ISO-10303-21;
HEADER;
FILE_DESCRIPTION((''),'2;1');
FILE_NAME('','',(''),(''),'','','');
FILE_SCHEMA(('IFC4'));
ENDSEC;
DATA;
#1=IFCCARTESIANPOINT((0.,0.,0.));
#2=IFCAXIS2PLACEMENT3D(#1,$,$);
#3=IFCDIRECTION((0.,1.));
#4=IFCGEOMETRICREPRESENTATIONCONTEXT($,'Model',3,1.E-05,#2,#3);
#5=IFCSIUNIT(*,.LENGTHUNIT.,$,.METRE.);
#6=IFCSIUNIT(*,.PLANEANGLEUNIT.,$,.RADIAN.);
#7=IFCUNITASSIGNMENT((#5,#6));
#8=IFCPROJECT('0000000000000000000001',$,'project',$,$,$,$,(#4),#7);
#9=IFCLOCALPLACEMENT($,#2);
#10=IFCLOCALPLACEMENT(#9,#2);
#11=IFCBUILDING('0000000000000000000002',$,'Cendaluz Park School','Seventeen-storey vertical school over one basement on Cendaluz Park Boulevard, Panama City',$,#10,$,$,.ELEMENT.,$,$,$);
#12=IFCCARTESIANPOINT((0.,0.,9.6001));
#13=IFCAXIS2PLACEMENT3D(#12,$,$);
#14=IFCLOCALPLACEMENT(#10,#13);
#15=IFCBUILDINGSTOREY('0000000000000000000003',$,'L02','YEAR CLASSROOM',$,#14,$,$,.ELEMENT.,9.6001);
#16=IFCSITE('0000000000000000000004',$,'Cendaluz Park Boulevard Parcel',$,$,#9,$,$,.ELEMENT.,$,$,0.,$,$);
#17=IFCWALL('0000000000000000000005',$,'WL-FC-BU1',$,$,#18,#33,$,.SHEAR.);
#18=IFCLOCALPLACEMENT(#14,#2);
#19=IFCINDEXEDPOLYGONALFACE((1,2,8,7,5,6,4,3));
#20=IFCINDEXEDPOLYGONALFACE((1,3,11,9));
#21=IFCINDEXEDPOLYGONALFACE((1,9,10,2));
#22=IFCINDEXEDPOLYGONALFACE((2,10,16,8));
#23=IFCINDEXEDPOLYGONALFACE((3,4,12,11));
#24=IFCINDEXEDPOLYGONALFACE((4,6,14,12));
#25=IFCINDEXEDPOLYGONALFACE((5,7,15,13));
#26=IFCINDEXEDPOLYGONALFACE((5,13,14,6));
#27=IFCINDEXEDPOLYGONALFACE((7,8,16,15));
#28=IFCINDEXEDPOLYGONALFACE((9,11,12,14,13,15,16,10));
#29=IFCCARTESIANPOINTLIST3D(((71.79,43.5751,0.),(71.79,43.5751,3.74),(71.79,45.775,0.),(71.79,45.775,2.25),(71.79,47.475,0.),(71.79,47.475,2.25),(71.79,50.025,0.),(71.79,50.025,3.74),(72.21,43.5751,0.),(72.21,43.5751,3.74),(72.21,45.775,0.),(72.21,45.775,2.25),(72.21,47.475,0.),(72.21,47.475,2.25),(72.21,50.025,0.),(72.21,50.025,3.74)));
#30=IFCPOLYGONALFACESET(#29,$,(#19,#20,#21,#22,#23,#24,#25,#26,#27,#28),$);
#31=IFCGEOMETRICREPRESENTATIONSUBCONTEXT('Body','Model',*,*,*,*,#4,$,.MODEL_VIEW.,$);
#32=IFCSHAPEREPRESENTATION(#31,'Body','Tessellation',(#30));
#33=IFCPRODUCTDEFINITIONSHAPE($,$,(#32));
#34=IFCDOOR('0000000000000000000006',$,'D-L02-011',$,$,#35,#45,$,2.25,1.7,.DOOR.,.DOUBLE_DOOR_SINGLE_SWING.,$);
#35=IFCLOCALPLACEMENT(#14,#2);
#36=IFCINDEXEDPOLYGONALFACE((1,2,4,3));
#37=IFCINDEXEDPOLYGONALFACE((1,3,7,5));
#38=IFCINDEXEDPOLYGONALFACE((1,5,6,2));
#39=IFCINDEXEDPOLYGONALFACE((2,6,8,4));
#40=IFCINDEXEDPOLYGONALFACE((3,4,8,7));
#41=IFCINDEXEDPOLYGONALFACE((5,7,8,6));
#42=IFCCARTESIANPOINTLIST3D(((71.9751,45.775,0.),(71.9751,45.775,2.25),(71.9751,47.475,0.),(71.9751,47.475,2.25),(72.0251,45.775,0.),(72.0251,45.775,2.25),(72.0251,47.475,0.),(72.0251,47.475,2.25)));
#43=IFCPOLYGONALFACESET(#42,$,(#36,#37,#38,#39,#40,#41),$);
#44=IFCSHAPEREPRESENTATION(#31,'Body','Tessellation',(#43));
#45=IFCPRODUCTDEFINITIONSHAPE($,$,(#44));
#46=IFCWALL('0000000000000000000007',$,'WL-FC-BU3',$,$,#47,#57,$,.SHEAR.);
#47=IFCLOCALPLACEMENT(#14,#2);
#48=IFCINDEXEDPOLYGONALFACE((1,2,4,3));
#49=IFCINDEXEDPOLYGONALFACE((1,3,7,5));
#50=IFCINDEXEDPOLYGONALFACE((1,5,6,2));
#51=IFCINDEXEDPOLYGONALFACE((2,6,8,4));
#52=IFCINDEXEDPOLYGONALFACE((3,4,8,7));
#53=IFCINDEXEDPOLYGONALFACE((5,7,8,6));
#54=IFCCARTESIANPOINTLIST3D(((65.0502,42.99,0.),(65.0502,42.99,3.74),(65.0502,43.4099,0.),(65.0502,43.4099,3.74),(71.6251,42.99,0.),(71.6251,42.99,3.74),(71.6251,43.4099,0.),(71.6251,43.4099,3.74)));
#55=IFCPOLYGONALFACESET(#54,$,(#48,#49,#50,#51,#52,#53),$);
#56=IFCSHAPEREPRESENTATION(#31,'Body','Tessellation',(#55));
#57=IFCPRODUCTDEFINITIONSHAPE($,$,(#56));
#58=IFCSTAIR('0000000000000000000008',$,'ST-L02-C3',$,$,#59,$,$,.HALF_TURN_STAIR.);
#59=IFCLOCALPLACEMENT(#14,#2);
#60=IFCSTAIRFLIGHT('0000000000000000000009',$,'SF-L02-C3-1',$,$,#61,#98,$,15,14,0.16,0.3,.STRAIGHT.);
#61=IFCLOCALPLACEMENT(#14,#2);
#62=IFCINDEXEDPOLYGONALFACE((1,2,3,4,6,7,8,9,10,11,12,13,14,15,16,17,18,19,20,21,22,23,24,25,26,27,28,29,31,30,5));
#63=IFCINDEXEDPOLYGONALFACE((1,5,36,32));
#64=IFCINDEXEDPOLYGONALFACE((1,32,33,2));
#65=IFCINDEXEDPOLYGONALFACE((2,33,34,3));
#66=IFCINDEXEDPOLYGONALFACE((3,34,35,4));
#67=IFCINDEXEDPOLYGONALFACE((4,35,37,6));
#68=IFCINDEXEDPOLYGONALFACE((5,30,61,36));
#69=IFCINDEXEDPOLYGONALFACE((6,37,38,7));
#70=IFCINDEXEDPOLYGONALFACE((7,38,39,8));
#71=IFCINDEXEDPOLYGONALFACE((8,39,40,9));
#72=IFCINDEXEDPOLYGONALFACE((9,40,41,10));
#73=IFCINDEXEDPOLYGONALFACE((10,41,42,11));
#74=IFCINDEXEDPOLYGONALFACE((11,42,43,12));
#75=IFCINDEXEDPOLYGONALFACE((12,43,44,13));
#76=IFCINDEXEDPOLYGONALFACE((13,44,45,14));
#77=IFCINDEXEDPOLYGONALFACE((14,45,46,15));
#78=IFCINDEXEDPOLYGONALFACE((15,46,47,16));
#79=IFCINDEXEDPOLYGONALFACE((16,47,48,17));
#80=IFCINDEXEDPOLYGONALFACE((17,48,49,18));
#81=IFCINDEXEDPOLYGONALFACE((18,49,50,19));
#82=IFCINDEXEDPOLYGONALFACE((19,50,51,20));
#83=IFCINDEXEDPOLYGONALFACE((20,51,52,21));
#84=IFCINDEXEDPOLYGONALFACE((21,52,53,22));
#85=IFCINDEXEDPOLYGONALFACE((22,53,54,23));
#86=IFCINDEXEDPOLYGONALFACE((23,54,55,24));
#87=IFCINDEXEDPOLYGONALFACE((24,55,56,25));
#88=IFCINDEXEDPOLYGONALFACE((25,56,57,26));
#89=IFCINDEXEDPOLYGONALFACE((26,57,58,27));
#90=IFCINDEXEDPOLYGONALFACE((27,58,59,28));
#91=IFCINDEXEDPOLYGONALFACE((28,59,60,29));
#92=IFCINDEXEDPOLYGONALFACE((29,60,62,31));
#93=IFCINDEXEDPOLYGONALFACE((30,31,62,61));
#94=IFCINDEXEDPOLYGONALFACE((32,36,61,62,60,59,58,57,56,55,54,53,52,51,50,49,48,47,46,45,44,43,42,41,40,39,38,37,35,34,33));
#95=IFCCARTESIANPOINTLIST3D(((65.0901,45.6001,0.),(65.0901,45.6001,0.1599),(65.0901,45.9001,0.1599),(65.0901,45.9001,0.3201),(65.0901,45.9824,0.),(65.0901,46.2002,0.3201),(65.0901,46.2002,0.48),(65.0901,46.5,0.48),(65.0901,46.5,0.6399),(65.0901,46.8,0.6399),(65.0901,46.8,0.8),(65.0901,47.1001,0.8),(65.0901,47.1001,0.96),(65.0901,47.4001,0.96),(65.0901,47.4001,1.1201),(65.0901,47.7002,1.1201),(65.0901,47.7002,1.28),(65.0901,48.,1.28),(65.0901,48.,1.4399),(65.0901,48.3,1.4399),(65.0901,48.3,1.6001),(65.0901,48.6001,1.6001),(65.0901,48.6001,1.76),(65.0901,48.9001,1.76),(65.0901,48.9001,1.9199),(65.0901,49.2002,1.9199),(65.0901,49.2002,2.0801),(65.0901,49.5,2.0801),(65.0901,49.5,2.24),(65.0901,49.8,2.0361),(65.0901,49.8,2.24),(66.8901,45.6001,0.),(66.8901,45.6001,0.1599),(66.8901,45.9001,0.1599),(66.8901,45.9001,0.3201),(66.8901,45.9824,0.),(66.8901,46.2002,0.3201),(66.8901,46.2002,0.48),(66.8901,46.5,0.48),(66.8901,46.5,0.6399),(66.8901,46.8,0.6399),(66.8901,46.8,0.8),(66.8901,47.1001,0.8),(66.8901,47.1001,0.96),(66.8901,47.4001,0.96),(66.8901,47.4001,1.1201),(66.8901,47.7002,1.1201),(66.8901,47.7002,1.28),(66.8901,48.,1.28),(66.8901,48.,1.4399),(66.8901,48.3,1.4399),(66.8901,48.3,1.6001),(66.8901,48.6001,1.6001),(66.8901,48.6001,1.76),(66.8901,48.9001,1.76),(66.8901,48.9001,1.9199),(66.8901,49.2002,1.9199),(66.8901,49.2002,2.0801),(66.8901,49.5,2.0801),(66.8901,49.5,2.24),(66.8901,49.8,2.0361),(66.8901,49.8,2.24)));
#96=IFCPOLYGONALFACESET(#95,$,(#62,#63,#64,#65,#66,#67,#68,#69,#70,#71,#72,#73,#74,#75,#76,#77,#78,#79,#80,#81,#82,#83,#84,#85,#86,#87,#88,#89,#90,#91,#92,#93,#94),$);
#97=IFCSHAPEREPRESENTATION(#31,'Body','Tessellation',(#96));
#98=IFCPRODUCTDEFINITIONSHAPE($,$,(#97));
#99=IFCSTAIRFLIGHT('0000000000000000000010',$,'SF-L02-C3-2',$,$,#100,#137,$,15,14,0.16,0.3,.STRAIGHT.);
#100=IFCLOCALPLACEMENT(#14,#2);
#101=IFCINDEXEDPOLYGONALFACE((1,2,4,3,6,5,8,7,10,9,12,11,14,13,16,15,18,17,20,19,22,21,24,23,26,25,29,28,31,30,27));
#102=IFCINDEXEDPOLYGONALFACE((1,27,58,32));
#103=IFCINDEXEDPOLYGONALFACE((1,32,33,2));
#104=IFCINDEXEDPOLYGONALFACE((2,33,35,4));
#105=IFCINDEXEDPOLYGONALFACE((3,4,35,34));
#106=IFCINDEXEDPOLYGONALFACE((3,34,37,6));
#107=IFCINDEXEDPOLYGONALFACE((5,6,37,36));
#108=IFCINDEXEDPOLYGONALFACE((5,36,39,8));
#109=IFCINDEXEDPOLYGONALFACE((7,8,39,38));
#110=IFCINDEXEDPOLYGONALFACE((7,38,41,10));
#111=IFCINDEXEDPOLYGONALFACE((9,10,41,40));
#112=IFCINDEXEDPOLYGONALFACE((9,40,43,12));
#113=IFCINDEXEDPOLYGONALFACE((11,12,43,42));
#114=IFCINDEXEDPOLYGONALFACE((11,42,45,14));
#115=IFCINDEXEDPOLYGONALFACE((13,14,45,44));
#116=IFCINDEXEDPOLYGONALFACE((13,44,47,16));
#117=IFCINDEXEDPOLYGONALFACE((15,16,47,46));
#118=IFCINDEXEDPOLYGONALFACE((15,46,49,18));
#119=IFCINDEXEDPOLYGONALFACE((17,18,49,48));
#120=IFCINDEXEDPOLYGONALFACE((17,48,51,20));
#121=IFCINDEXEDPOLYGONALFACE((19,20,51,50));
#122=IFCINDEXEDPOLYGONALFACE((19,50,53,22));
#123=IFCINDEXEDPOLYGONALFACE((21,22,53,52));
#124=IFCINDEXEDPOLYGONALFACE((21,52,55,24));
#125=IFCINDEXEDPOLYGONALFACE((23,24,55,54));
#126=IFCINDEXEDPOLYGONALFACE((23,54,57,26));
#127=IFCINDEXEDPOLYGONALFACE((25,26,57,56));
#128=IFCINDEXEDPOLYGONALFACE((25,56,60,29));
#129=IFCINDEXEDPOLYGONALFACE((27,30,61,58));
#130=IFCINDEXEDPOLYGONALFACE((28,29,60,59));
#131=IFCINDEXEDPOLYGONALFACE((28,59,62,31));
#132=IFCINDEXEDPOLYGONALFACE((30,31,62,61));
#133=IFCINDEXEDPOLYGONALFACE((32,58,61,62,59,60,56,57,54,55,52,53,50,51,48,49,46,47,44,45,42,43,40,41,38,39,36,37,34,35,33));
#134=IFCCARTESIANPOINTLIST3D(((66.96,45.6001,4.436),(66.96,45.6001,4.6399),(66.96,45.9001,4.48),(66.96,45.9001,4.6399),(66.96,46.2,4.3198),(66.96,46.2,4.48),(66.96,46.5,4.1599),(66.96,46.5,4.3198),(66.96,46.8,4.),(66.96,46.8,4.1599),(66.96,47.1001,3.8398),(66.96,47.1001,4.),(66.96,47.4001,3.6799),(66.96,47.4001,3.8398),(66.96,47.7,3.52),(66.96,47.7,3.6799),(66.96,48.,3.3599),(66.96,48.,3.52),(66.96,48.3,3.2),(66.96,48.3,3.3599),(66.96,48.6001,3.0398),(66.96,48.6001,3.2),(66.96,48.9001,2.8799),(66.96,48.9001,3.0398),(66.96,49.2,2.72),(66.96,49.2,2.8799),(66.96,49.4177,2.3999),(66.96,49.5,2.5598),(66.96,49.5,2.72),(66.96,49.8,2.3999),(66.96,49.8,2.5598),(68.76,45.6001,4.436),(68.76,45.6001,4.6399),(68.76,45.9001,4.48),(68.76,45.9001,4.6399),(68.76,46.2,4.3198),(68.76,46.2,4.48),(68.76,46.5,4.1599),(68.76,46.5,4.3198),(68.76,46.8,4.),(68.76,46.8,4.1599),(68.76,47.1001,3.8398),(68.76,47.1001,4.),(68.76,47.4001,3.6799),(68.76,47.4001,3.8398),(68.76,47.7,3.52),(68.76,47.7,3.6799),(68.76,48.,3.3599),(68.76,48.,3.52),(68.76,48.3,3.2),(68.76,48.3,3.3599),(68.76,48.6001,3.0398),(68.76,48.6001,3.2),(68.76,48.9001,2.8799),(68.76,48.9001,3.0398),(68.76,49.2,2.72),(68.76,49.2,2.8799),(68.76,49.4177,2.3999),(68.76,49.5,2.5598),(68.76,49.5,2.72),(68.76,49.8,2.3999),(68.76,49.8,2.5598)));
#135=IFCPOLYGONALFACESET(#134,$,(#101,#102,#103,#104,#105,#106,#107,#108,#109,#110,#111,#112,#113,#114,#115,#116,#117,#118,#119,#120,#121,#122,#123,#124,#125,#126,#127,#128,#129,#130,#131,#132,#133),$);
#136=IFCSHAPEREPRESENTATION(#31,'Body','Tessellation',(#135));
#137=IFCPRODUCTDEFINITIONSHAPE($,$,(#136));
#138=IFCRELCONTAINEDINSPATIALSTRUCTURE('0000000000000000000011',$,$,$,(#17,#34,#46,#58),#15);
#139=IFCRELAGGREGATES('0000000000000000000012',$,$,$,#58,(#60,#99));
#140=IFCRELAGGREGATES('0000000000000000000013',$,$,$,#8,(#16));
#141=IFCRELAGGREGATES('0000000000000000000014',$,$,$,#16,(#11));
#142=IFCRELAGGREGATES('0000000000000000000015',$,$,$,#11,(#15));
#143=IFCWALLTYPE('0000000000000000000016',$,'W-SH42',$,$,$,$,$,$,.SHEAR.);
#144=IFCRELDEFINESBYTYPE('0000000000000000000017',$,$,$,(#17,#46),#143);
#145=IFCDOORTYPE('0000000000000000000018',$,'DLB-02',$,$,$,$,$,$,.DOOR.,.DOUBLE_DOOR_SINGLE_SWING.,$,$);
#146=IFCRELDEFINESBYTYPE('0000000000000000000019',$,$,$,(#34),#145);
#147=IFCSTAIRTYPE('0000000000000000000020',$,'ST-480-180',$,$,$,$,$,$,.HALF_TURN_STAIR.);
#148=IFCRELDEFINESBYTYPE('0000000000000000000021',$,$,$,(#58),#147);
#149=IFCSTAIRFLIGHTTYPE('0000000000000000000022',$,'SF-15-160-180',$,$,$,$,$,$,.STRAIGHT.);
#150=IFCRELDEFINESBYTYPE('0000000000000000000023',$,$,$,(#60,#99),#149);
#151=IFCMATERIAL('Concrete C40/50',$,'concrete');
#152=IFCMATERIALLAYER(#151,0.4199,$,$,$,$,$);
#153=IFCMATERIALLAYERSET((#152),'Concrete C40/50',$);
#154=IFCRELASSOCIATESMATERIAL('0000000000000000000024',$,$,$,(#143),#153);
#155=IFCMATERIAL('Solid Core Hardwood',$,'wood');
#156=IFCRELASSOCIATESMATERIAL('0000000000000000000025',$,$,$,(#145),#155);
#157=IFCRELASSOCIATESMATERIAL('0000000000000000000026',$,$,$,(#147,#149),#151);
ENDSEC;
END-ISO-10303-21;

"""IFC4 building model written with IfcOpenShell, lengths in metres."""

from ifc_helpers import new_model, si_unit, direction, frame, frame_2d, origin, place, context, subcontext, project, spatial, polyline, rectangle, outline, extrude, material, layer, layer_set, type_object, element, fill, aggregate, save


model = new_model("IFC4")

# Units and contexts
model_context = context("Model", 3, precision=1e-05, world=origin(), true_north=direction((0.0, 1.0)))
body_context = subcontext(model_context, "Body", "Model", "MODEL_VIEW")
ifc_project = project(units=[si_unit("LENGTHUNIT", "METRE"), si_unit("PLANEANGLEUNIT", "RADIAN")], contexts=[model_context])

# Site, building, storey
site_placement = place(None, origin())
site = spatial("IfcSite", under=ifc_project, at=site_placement, Name="Cendaluz Park Boulevard Parcel", CompositionType="ELEMENT", RefElevation=0.0)
building_placement = place(site_placement, origin())
building = spatial("IfcBuilding", under=site, at=building_placement, Name="Cendaluz Park School", Description="Seventeen-storey vertical school over one basement on Cendaluz Park Boulevard, Panama City", CompositionType="ELEMENT")
storey_placement = place(building_placement, frame((0.0, 0.0, 9.6001)))
storey = spatial("IfcBuildingStorey", under=building, at=storey_placement, Name="L02", Description="YEAR CLASSROOM", CompositionType="ELEMENT", Elevation=9.6001)

# Shared definitions
ifc_material_1 = material(Name="Concrete C40/50", Category="concrete")

# Shared definitions
ifc_material_2 = material(Name="Solid Core Hardwood", Category="wood")

# Wall, opening, door
ifc_layer_1 = layer(ifc_material_1, 0.4199)
ifc_layer_set_1 = layer_set([ifc_layer_1], Name="Concrete C40/50")
wall_type_1 = type_object("IfcWallType", Name="W-SH42", PredefinedType="SHEAR", material=ifc_layer_set_1)
wall_1_placement = place(storey_placement, frame((72.0, 43.575, 0.0), z_axis=(0.0, 0.0, 1.0), x_axis=(0.0, 1.0, 0.0)))
wall_1 = element("IfcWall", 1, at=wall_1_placement, inside=storey, type_object=wall_type_1, Name="WL-FC-BU1", PredefinedType="SHEAR", context=body_context, shape_type="SweptSolid", body=[
    extrude(rectangle(XDim=6.45, YDim=0.4199, at=frame_2d((3.2251, 0.0))), origin(), (0.0, 0.0, 1.0), 3.74),
])
opening_1_placement = place(wall_1_placement, frame((2.2, 0.0, 0.0)))
opening_1 = element("IfcOpeningElement", 2, at=opening_1_placement, cuts=wall_1, PredefinedType="OPENING", context=body_context, shape_type="SweptSolid", body=[
    extrude(rectangle(XDim=1.7, YDim=2.25, at=frame_2d((0.8501, 1.125))), frame((0.0, 0.2219, 0.0), z_axis=(0.0, -1.0, 0.0), x_axis=(1.0, 0.0, 0.0)), (0.0, 0.0, 1.0), 0.4438),
])
door_type_1 = type_object("IfcDoorType", Name="DLB-02", OperationType="DOUBLE_DOOR_SINGLE_SWING", PredefinedType="DOOR", material=ifc_material_2)
door_1_placement = place(opening_1_placement, origin())
door_1 = element("IfcDoor", 3, at=door_1_placement, inside=storey, type_object=door_type_1, Name="D-L02-011", OperationType="DOUBLE_DOOR_SINGLE_SWING", OverallHeight=2.25, OverallWidth=1.7, PredefinedType="DOOR", context=body_context, shape_type="SweptSolid", body=[
    extrude(rectangle(XDim=1.7, YDim=2.25, at=frame_2d((0.8501, 1.125))), frame((0.0, 0.0249, 0.0), z_axis=(0.0, -1.0, 0.0), x_axis=(1.0, 0.0, 0.0)), (0.0, 0.0, 1.0), 0.05),
])
fill(opening_1, door_1)

# Wall
wall_2_placement = place(storey_placement, frame((65.05, 43.2, 0.0), z_axis=(0.0, 0.0, 1.0), x_axis=(1.0, 0.0, 0.0)))
element("IfcWall", 4, at=wall_2_placement, inside=storey, type_object=wall_type_1, Name="WL-FC-BU3", PredefinedType="SHEAR", context=body_context, shape_type="SweptSolid", body=[
    extrude(rectangle(XDim=6.575, YDim=0.4199, at=frame_2d((3.2876, 0.0))), origin(), (0.0, 0.0, 1.0), 3.74),
])

# Stair, stair flights
stair_type = type_object("IfcStairType", Name="ST-480-180", PredefinedType="HALF_TURN_STAIR", material=ifc_material_1)
stair_placement = place(storey_placement, origin())
stair = element("IfcStair", 5, at=stair_placement, inside=storey, type_object=stair_type, Name="ST-L02-C3", PredefinedType="HALF_TURN_STAIR")
stair_flight_type = type_object("IfcStairFlightType", Name="SF-15-160-180", PredefinedType="STRAIGHT", material=ifc_material_1)
stair_flight_1_placement = place(storey_placement, frame((65.99, 45.6001, 0.0), z_axis=(0.0, 0.0, 1.0), x_axis=(0.0, 1.0, 0.0)))
stair_flight_1 = element("IfcStairFlight", 6, at=stair_flight_1_placement, type_object=stair_flight_type, Name="SF-L02-C3-1", NumberOfRisers=15, NumberOfTreads=14, PredefinedType="STRAIGHT", RiserHeight=0.16, TreadLength=0.3, context=body_context, shape_type="SweptSolid", body=[
    extrude(outline(polyline([(0.0, 0.0), (0.0, 0.1599), (0.3, 0.1599), (0.3, 0.3201), (0.6001, 0.3201), (0.6001, 0.48), (0.8999, 0.48), (0.8999, 0.6399), (1.2, 0.6399), (1.2, 0.8), (1.5, 0.8), (1.5, 0.96), (1.8, 0.96), (1.8, 1.1201), (2.1001, 1.1201), (2.1001, 1.28), (2.3999, 1.28), (2.3999, 1.4399), (2.7, 1.4399), (2.7, 1.6001), (3.0, 1.6001), (3.0, 1.76), (3.3, 1.76), (3.3, 1.9199), (3.6001, 1.9199), (3.6001, 2.0801), (3.8999, 2.0801), (3.8999, 2.24), (4.2, 2.24), (4.2, 2.3999), (4.2, 2.0361), (0.3823, 0.0), (0.0, 0.0)])), frame((0.0, 0.8999, 0.0), z_axis=(0.0, -1.0, 0.0), x_axis=(1.0, 0.0, 0.0)), (0.0, 0.0, 1.0), 1.8),
])
stair_flight_2_placement = place(storey_placement, frame((67.8601, 49.8, 2.3999), z_axis=(0.0, 0.0, 1.0), x_axis=(0.0, -1.0, 0.0)))
stair_flight_2 = element("IfcStairFlight", 7, at=stair_flight_2_placement, type_object=stair_flight_type, Name="SF-L02-C3-2", NumberOfRisers=15, NumberOfTreads=14, PredefinedType="STRAIGHT", RiserHeight=0.16, TreadLength=0.3, context=body_context, shape_type="SweptSolid", body=[
    extrude(outline(polyline([(0.0, 0.0), (0.0, 0.1599), (0.3, 0.1599), (0.3, 0.3201), (0.6001, 0.3201), (0.6001, 0.48), (0.8999, 0.48), (0.8999, 0.6399), (1.2, 0.6399), (1.2, 0.8), (1.5, 0.8), (1.5, 0.96), (1.8, 0.96), (1.8, 1.1201), (2.1001, 1.1201), (2.1001, 1.28), (2.3999, 1.28), (2.3999, 1.4399), (2.7, 1.4399), (2.7, 1.6001), (3.0, 1.6001), (3.0, 1.76), (3.3, 1.76), (3.3, 1.9199), (3.6001, 1.9199), (3.6001, 2.0801), (3.8999, 2.0801), (3.8999, 2.24), (4.2, 2.24), (4.2, 2.3999), (4.2, 2.0361), (0.3823, 0.0), (0.0, 0.0)])), frame((0.0, 0.8999, 0.0), z_axis=(0.0, -1.0, 0.0), x_axis=(1.0, 0.0, 0.0)), (0.0, 0.0, 1.0), 1.8),
])
aggregate(stair, [stair_flight_1, stair_flight_2])

save(model, "model.ifc")
